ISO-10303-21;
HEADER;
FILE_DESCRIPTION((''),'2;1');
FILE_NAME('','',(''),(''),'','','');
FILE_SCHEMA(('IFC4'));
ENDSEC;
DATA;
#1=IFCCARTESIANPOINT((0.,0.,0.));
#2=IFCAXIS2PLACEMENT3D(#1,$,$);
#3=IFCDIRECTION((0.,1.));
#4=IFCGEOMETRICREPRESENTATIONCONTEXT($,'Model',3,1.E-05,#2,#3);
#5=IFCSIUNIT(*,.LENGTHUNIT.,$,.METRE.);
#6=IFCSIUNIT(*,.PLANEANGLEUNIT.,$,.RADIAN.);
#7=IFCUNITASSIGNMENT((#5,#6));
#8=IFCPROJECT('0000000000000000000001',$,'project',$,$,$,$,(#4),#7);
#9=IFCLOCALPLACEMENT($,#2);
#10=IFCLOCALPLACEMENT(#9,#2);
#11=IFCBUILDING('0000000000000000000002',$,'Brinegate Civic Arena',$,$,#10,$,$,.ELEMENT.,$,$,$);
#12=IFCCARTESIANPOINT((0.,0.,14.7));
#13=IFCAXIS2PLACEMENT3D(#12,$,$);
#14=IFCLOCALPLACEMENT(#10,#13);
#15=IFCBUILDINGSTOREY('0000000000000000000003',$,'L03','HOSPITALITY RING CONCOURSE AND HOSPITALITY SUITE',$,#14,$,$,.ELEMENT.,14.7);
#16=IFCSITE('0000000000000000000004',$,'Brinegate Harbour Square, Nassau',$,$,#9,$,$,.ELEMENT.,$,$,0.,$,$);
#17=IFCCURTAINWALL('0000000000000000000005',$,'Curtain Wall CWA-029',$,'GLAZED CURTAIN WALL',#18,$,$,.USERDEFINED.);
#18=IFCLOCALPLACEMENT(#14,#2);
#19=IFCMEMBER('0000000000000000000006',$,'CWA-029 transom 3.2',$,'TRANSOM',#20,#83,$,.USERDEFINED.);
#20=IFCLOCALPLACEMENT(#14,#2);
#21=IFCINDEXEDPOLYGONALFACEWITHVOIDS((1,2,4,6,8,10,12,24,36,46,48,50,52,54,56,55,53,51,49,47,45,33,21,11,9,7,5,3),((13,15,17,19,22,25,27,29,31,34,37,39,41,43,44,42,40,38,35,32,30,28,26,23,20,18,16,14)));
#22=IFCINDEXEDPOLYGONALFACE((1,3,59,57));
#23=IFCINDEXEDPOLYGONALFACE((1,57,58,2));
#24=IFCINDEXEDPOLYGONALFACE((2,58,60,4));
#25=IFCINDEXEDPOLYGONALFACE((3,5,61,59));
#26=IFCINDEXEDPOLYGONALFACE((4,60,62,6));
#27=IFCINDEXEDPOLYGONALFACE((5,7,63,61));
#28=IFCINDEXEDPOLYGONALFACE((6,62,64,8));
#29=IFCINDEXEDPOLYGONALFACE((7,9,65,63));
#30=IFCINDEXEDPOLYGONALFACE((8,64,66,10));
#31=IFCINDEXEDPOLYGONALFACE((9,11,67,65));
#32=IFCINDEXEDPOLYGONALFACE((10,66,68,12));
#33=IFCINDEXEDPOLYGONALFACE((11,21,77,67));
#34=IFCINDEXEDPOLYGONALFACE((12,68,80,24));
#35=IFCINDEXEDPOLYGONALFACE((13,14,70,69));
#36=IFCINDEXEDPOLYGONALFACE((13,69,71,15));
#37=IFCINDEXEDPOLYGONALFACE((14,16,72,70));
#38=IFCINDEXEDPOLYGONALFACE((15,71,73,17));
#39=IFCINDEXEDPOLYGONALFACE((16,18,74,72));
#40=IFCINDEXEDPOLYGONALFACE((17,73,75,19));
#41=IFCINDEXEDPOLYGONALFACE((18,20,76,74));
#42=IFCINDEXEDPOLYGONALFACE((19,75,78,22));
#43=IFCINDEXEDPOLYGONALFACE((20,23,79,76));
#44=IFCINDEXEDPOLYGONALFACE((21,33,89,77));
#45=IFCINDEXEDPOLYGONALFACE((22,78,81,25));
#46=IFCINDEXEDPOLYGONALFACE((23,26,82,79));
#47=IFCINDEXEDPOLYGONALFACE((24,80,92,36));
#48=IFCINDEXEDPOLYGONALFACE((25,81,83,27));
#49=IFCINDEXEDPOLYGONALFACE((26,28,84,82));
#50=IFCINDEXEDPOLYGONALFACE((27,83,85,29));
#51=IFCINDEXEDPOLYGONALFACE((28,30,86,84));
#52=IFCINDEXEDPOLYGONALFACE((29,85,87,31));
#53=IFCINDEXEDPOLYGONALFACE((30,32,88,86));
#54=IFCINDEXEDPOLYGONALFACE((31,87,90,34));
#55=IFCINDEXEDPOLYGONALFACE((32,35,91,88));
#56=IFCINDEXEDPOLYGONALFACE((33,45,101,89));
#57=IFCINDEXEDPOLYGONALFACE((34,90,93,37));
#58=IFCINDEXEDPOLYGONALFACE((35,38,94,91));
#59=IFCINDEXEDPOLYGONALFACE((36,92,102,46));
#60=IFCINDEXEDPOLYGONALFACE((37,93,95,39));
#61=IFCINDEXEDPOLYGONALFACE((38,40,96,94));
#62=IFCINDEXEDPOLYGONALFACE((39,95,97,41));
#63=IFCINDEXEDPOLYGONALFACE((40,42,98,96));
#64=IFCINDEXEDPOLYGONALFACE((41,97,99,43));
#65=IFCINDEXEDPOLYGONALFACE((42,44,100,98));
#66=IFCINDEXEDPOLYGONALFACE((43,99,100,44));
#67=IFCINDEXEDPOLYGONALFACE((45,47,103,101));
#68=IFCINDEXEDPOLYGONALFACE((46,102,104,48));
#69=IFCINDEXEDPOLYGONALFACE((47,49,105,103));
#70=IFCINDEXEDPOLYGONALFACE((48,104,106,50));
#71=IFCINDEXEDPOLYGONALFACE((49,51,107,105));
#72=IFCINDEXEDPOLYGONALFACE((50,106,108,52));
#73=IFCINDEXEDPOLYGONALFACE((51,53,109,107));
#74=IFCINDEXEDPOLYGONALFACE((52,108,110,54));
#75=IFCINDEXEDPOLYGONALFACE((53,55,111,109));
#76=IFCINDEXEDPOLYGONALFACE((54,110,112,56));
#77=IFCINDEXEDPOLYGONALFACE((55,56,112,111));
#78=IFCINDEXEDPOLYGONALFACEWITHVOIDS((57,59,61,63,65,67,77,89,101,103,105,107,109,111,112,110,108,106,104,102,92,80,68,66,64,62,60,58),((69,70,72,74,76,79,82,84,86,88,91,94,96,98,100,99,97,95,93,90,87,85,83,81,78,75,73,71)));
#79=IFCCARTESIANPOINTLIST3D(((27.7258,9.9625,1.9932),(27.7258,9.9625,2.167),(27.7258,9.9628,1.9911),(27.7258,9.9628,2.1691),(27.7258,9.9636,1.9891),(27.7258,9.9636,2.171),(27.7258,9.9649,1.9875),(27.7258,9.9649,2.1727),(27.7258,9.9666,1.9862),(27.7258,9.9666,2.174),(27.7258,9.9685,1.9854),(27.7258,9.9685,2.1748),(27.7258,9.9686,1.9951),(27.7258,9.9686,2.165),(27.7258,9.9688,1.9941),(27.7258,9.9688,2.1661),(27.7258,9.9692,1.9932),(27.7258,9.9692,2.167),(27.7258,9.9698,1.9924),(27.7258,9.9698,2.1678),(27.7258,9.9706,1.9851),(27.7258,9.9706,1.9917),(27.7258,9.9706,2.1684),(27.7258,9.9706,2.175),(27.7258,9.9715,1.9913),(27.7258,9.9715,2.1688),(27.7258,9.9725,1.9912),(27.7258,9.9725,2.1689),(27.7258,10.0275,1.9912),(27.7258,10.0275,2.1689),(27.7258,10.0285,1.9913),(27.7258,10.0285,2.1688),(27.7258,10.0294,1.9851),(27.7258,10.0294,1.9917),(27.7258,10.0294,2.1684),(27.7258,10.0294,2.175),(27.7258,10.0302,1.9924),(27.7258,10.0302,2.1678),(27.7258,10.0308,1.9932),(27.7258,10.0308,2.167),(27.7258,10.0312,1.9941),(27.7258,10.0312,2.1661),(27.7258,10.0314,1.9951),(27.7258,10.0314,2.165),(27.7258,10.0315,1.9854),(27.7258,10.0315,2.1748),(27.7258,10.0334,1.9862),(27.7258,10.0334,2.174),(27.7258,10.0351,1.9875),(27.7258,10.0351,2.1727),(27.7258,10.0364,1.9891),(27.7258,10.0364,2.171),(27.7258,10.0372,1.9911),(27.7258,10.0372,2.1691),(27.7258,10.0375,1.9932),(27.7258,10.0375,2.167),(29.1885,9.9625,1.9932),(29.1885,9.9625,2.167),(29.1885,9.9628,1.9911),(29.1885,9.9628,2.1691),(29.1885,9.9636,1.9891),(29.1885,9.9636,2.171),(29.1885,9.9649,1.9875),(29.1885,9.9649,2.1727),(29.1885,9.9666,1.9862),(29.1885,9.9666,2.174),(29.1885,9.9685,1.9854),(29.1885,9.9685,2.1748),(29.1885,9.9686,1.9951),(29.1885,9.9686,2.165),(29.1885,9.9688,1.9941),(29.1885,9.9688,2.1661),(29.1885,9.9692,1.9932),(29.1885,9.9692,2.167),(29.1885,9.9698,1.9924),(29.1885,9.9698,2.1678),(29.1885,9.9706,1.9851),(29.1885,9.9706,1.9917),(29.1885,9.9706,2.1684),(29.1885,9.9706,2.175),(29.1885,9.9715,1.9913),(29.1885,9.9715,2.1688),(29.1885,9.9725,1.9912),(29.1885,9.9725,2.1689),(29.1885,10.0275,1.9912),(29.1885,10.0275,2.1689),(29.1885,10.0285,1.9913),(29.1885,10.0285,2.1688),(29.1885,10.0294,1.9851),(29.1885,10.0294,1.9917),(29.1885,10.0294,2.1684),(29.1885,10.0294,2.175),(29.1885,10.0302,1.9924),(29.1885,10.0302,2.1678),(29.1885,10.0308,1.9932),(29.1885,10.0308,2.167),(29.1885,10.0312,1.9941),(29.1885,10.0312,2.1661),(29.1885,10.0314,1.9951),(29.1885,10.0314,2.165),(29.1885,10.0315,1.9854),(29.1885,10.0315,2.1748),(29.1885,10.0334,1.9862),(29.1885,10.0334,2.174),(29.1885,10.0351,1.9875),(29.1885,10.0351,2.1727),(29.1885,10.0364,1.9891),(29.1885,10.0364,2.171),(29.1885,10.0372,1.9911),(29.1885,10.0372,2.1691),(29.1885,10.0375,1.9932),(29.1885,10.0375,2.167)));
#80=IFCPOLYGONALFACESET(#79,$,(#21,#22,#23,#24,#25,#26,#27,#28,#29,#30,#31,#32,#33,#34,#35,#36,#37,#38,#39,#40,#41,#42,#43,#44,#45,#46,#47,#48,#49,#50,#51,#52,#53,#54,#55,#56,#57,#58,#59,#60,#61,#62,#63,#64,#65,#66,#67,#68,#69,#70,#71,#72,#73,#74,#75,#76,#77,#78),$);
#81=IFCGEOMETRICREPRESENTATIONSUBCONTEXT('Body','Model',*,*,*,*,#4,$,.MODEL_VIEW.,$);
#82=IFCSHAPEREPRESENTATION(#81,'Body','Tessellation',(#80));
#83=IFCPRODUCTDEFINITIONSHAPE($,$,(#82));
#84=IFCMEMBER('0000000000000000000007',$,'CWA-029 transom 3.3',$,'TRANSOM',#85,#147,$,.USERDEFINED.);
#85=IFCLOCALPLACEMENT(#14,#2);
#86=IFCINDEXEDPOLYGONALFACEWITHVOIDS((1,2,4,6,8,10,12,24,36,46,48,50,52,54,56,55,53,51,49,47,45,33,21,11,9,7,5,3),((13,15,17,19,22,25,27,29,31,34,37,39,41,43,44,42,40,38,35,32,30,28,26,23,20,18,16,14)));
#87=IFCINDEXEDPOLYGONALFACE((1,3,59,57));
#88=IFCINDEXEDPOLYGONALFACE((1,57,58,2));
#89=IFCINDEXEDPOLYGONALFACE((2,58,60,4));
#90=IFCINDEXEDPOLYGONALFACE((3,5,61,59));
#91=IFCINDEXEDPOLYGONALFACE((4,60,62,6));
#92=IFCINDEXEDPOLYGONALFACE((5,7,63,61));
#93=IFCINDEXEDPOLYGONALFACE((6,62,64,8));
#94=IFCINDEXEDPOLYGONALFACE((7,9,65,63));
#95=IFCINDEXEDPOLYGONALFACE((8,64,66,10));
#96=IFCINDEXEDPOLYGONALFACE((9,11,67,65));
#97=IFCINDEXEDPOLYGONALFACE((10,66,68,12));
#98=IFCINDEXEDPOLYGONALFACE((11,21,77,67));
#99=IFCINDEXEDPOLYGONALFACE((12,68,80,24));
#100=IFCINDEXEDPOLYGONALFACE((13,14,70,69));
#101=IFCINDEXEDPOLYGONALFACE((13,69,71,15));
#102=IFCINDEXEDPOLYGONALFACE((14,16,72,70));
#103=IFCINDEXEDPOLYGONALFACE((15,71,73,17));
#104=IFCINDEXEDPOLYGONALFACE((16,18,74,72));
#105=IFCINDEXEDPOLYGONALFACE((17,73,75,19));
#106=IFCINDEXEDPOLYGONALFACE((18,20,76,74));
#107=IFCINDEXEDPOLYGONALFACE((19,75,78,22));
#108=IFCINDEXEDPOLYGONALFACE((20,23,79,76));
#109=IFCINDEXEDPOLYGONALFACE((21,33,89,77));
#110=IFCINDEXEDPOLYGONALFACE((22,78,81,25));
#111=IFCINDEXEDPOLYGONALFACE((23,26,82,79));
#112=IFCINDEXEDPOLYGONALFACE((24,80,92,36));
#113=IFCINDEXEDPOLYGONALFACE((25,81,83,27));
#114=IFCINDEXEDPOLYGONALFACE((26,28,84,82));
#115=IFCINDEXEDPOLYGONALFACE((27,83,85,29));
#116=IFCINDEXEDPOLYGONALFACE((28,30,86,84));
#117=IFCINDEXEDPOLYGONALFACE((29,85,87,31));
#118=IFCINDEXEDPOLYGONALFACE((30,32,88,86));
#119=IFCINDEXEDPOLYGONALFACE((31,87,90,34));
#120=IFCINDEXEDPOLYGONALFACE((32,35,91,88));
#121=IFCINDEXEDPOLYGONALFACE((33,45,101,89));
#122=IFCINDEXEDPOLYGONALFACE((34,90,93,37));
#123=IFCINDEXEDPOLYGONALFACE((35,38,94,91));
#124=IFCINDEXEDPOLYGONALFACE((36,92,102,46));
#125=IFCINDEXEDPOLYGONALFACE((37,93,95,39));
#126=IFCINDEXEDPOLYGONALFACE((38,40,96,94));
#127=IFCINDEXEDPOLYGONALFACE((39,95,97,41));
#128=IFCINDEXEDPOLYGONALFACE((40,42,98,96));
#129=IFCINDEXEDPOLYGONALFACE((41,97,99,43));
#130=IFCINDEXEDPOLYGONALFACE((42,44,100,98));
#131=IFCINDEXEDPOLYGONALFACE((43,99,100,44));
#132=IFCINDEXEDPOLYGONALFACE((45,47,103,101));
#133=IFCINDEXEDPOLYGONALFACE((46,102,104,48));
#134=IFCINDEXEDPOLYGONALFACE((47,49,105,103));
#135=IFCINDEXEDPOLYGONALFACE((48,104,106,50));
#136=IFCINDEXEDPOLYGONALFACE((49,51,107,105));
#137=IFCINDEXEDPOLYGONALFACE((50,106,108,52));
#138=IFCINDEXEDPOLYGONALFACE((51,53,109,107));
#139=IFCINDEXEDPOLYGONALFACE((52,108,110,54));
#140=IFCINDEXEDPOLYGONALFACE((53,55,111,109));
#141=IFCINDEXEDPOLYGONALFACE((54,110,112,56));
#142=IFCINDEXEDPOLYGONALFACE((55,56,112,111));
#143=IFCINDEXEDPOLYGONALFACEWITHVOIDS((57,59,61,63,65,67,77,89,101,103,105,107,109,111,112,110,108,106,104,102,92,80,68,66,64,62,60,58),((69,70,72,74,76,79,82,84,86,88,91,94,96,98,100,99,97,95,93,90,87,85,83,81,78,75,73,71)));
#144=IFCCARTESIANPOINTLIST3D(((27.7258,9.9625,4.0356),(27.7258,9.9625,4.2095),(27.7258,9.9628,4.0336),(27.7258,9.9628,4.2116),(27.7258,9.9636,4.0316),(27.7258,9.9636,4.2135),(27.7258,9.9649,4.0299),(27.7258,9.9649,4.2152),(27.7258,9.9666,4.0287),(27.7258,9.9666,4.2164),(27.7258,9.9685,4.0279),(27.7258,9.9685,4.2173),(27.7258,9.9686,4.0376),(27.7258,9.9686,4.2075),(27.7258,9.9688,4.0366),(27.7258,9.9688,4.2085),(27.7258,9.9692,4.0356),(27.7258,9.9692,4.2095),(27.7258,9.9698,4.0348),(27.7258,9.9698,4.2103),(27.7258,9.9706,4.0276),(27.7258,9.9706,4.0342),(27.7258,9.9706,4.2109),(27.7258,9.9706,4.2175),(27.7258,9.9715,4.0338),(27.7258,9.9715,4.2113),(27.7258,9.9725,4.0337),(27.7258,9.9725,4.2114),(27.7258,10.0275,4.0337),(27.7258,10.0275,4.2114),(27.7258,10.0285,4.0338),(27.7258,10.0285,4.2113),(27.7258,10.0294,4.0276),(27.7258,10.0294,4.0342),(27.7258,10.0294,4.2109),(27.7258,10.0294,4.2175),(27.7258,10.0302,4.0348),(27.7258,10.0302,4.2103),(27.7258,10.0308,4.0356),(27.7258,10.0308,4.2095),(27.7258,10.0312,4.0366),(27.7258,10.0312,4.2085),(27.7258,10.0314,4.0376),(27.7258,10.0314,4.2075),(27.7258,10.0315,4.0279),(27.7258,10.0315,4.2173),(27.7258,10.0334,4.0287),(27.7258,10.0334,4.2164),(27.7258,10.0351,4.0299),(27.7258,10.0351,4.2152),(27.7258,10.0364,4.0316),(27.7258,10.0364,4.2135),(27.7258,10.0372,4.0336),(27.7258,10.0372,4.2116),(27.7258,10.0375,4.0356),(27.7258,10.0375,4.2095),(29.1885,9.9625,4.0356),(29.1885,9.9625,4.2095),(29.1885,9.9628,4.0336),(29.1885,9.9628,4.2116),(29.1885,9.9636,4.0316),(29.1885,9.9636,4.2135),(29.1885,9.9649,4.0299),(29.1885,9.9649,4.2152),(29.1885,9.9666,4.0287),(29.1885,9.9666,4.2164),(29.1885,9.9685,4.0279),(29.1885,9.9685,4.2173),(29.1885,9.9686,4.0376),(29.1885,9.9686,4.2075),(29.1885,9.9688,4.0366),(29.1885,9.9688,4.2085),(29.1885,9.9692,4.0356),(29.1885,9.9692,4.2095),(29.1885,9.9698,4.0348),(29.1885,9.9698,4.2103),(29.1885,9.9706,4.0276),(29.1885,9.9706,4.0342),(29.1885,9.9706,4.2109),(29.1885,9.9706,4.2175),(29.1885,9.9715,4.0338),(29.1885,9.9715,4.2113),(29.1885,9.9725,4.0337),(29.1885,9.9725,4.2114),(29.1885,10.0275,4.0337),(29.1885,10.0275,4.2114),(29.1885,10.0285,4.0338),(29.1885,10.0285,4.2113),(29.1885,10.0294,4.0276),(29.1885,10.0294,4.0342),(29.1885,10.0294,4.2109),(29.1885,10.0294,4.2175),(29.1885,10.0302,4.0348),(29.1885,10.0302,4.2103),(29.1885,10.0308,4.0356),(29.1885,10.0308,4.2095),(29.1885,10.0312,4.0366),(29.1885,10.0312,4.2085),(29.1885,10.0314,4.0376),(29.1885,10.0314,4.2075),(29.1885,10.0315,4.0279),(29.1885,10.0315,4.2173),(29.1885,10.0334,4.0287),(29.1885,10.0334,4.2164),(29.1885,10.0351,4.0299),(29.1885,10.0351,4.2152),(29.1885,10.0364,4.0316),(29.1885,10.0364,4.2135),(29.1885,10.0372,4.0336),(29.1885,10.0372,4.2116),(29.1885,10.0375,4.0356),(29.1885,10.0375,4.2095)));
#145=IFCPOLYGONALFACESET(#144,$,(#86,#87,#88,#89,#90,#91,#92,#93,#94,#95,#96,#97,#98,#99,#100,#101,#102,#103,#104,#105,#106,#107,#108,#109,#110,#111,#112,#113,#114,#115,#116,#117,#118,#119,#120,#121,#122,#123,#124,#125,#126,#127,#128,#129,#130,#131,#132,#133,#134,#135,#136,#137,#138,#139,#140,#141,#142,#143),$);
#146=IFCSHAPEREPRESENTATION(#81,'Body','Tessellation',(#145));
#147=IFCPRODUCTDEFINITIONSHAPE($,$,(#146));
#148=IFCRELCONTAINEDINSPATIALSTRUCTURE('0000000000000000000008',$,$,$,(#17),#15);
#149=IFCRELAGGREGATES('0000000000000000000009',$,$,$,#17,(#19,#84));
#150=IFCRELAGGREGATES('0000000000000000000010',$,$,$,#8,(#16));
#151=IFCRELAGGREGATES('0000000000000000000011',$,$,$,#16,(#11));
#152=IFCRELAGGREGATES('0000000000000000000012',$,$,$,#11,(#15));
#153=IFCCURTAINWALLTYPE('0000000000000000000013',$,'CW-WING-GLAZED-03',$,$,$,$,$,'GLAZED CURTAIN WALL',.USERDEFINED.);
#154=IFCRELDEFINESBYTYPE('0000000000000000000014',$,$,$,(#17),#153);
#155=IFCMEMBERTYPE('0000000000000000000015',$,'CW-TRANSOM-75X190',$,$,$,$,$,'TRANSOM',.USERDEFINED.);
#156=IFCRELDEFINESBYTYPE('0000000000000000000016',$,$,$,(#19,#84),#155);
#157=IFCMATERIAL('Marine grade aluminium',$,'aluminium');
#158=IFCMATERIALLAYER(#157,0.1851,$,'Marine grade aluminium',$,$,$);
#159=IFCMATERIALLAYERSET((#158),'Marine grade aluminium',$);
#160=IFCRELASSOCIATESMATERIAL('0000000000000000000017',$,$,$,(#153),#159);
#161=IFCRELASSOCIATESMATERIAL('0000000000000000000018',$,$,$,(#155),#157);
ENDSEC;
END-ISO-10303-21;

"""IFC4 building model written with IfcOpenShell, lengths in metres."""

from ifc_helpers import new_model, si_unit, direction, frame, origin, origin_2d, place, context, subcontext, project, spatial, hollow_rectangle, extrude, material, layer, layer_set, material_profile, profile_set, type_object, element, aggregate, save


model = new_model("IFC4")

# Units and contexts
model_context = context("Model", 3, precision=1e-05, world=origin(), true_north=direction((0.0, 1.0)))
body_context = subcontext(model_context, "Body", "Model", "MODEL_VIEW")
ifc_project = project(units=[si_unit("LENGTHUNIT", "METRE"), si_unit("PLANEANGLEUNIT", "RADIAN")], contexts=[model_context])

# Site, building, storey
site_placement = place(None, origin())
site = spatial("IfcSite", under=ifc_project, at=site_placement, Name="Brinegate Harbour Square, Nassau", CompositionType="ELEMENT", RefElevation=0.0)
building_placement = place(site_placement, origin())
building = spatial("IfcBuilding", under=site, at=building_placement, Name="Brinegate Civic Arena", CompositionType="ELEMENT")
storey_placement = place(building_placement, frame((0.0, 0.0, 14.7)))
storey = spatial("IfcBuildingStorey", under=building, at=storey_placement, Name="L03", Description="HOSPITALITY RING CONCOURSE AND HOSPITALITY SUITE", CompositionType="ELEMENT", Elevation=14.7)

# Curtain wall, members
ifc_material_1 = material(Name="Marine grade aluminium", Category="aluminium")
ifc_layer_1 = layer(ifc_material_1, 0.1851, Name="Marine grade aluminium")
ifc_layer_set_1 = layer_set([ifc_layer_1], Name="Marine grade aluminium")
curtain_wall_type = type_object("IfcCurtainWallType", Name="CW-WING-GLAZED-03", ElementType="GLAZED CURTAIN WALL", PredefinedType="USERDEFINED", material=ifc_layer_set_1)
curtain_wall_placement = place(storey_placement, origin())
curtain_wall = element("IfcCurtainWall", 1, at=curtain_wall_placement, inside=storey, type_object=curtain_wall_type, Name="Curtain Wall CWA-029", ObjectType="GLAZED CURTAIN WALL", PredefinedType="USERDEFINED")
ifc_material_profile_1 = material_profile(ifc_material_1, hollow_rectangle(XDim=0.075, YDim=0.1899, WallThickness=0.0061, InnerFilletRadius=0.0039, OuterFilletRadius=0.0081, at=origin_2d()), Name="TRN75X190")
ifc_profile_set_1 = profile_set([ifc_material_profile_1], Name="Marine grade aluminium")
member_type_1 = type_object("IfcMemberType", Name="CW-TRANSOM-75X190", ElementType="TRANSOM", PredefinedType="USERDEFINED", material=ifc_profile_set_1)
member_1_placement = place(storey_placement, frame((27.7258, 10.0, 2.0801), z_axis=(1.0, 0.0, 0.0), x_axis=(0.0, 1.0, 0.0)))
member_1 = element("IfcMember", 2, at=member_1_placement, type_object=member_type_1, Name="CWA-029 transom 3.2", ObjectType="TRANSOM", PredefinedType="USERDEFINED", context=body_context, shape_type="SweptSolid", body=[
    extrude(hollow_rectangle(XDim=0.075, YDim=0.1899, WallThickness=0.0061, InnerFilletRadius=0.0039, OuterFilletRadius=0.0081, at=origin_2d()), origin(), (0.0, 0.0, 1.0), 1.4626),
])
member_2_placement = place(storey_placement, frame((27.7258, 10.0, 4.1226), z_axis=(1.0, 0.0, 0.0), x_axis=(0.0, 1.0, 0.0)))
member_2 = element("IfcMember", 3, at=member_2_placement, type_object=member_type_1, Name="CWA-029 transom 3.3", ObjectType="TRANSOM", PredefinedType="USERDEFINED", context=body_context, shape_type="SweptSolid", body=[
    extrude(hollow_rectangle(XDim=0.075, YDim=0.1899, WallThickness=0.0061, InnerFilletRadius=0.0039, OuterFilletRadius=0.0081, at=origin_2d()), origin(), (0.0, 0.0, 1.0), 1.4626),
])
aggregate(curtain_wall, [member_1, member_2])

save(model, "model.ifc")
